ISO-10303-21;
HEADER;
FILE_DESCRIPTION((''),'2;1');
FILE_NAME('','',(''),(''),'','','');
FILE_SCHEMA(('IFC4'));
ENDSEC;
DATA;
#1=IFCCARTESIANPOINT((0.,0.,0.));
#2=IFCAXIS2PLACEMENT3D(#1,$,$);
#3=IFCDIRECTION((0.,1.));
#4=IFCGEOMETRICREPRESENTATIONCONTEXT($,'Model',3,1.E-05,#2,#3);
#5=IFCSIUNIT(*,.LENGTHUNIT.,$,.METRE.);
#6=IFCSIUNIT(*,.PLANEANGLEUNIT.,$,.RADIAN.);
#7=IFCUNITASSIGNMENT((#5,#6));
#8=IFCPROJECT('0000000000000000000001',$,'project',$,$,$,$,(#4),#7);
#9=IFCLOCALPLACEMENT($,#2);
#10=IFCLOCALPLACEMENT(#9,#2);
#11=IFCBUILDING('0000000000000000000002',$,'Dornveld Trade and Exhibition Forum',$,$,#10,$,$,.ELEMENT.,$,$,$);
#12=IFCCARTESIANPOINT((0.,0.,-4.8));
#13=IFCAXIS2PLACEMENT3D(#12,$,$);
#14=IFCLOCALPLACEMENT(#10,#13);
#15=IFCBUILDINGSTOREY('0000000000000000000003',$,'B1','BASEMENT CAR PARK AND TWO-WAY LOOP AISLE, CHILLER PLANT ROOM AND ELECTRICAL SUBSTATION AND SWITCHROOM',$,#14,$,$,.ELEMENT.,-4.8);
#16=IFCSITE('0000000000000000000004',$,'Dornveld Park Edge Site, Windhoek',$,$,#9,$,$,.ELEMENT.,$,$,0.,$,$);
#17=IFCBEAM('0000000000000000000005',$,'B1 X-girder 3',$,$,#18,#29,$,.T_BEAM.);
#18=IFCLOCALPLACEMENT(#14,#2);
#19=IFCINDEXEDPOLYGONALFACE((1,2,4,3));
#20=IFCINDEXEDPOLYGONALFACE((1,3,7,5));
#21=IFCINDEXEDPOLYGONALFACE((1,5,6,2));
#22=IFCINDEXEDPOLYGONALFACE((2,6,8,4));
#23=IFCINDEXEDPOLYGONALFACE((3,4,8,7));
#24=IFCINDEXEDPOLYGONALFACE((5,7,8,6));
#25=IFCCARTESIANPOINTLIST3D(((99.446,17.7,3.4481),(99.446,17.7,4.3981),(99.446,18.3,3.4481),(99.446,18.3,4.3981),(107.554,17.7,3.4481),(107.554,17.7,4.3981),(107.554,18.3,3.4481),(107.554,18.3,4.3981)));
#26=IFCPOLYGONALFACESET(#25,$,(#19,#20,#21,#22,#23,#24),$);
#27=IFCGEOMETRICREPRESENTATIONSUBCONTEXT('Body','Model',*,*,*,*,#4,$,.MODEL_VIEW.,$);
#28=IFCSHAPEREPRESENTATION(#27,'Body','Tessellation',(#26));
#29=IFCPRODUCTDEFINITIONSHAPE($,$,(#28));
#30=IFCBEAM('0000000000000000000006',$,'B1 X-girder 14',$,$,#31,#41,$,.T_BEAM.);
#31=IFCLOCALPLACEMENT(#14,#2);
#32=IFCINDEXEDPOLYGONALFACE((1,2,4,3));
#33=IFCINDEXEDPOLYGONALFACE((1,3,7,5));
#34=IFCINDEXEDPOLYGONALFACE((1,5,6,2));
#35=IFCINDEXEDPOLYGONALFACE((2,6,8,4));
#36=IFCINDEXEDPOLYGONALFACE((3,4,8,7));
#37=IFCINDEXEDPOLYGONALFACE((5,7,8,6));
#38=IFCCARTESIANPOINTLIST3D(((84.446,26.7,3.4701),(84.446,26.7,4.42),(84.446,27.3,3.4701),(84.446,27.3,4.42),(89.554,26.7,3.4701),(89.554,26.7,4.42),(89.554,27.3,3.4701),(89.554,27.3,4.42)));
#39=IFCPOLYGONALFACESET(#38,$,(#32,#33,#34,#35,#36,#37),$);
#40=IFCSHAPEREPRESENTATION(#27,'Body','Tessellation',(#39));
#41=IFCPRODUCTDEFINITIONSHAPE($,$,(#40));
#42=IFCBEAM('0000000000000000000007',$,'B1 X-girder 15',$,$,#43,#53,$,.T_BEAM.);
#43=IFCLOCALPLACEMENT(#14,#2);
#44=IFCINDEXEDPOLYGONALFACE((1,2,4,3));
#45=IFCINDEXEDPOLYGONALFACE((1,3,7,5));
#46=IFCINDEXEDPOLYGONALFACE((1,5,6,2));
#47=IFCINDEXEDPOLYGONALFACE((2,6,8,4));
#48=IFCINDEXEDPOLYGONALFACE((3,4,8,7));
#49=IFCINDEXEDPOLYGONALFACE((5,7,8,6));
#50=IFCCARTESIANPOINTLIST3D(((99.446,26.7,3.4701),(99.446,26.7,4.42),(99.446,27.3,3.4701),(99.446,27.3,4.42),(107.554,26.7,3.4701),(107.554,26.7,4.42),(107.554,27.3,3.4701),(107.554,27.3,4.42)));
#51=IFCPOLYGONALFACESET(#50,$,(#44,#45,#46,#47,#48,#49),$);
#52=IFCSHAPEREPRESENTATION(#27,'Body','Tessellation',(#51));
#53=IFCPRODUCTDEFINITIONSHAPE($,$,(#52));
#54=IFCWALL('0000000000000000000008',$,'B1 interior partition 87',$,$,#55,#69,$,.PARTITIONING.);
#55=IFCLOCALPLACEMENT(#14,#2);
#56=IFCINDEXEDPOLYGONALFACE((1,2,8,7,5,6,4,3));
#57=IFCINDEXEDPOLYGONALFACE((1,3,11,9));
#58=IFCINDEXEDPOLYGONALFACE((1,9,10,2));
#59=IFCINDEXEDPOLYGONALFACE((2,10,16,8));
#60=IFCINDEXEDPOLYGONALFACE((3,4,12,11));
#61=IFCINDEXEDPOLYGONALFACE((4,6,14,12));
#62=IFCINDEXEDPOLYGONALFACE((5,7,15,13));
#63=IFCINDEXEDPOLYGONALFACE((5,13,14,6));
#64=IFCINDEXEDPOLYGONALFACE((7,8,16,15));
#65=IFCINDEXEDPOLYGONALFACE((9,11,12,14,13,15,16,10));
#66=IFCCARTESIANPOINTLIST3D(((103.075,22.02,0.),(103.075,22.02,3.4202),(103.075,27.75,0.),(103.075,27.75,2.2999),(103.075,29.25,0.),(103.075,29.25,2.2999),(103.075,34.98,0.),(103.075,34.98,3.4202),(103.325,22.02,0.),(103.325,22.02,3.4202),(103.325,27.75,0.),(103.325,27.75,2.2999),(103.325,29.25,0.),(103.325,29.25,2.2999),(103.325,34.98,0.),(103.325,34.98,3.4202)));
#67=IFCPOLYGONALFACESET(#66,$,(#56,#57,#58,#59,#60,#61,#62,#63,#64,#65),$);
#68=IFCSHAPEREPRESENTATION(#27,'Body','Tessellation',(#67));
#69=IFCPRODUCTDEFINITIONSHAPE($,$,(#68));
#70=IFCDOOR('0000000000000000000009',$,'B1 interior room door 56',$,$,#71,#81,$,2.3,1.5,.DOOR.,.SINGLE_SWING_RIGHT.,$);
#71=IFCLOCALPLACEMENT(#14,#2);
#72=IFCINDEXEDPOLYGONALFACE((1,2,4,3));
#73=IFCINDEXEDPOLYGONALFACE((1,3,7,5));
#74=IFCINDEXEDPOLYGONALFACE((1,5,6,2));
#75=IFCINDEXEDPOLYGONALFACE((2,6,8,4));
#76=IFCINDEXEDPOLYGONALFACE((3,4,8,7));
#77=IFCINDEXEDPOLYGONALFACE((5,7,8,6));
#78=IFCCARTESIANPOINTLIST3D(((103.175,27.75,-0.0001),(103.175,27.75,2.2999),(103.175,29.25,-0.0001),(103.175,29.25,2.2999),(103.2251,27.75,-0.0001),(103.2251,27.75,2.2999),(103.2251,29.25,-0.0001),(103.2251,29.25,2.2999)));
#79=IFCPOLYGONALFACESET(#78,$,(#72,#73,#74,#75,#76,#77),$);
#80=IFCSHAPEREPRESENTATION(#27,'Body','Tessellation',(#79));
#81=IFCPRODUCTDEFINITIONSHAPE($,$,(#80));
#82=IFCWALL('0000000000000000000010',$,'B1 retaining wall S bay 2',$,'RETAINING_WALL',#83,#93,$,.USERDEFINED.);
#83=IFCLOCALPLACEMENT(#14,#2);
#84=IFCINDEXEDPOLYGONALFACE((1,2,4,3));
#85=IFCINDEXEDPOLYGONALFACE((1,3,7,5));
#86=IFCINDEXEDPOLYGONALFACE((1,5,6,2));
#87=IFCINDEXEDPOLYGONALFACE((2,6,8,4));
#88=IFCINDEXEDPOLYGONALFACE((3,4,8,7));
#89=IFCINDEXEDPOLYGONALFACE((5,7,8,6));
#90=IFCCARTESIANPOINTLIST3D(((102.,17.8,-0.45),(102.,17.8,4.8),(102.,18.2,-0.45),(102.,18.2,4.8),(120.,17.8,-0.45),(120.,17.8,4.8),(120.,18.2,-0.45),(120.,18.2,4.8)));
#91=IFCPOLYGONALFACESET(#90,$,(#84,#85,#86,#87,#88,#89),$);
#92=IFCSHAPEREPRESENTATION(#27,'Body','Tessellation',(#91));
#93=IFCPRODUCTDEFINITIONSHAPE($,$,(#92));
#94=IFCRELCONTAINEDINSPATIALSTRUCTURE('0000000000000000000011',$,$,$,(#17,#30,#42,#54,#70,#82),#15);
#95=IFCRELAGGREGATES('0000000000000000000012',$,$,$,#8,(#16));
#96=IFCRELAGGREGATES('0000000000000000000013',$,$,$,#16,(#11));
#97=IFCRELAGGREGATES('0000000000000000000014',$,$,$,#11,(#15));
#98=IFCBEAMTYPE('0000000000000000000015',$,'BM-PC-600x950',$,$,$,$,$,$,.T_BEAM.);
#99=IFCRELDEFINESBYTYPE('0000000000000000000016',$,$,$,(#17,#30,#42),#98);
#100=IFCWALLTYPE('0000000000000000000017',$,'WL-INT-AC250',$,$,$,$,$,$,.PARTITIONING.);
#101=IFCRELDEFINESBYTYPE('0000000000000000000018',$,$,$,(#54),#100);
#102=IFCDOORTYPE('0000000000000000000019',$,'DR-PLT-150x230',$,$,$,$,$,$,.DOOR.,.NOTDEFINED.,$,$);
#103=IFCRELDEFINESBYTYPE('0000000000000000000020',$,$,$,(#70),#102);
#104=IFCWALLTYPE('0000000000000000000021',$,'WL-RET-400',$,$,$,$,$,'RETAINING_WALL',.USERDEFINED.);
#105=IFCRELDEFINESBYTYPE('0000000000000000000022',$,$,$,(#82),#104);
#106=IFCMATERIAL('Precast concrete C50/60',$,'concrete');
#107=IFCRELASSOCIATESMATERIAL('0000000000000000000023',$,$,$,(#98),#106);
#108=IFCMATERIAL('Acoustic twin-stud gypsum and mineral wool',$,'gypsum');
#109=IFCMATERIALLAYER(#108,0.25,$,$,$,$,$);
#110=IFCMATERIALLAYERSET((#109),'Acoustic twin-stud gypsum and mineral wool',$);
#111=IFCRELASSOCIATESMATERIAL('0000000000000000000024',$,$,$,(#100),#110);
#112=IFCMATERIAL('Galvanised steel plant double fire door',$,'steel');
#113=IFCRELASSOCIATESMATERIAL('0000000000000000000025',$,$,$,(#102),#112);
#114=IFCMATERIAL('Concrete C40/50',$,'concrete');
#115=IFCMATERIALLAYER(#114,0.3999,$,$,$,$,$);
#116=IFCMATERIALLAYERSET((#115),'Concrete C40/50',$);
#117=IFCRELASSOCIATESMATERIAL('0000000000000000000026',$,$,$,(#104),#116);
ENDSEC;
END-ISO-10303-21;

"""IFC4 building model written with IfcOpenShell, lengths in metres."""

from ifc_helpers import new_model, si_unit, direction, frame, frame_2d, origin, origin_2d, place, context, subcontext, project, spatial, rectangle, extrude, material, layer, layer_set, material_profile, profile_set, type_object, element, fill, save


model = new_model("IFC4")

# Units and contexts
model_context = context("Model", 3, precision=1e-05, world=origin(), true_north=direction((0.0, 1.0)))
body_context = subcontext(model_context, "Body", "Model", "MODEL_VIEW")
ifc_project = project(units=[si_unit("LENGTHUNIT", "METRE"), si_unit("PLANEANGLEUNIT", "RADIAN")], contexts=[model_context])

# Site, building, storey
site_placement = place(None, origin())
site = spatial("IfcSite", under=ifc_project, at=site_placement, Name="Dornveld Park Edge Site, Windhoek", CompositionType="ELEMENT", RefElevation=0.0)
building_placement = place(site_placement, origin())
building = spatial("IfcBuilding", under=site, at=building_placement, Name="Dornveld Trade and Exhibition Forum", CompositionType="ELEMENT")
storey_placement = place(building_placement, frame((0.0, 0.0, -4.8)))
storey = spatial("IfcBuildingStorey", under=building, at=storey_placement, Name="B1", Description="BASEMENT CAR PARK AND TWO-WAY LOOP AISLE, CHILLER PLANT ROOM AND ELECTRICAL SUBSTATION AND SWITCHROOM", CompositionType="ELEMENT", Elevation=-4.8)

# Beams
ifc_material_1 = material(Name="Precast concrete C50/60", Category="concrete")
ifc_material_profile_1 = material_profile(ifc_material_1, rectangle(XDim=0.6001, YDim=0.95, at=origin_2d()), Name="PC-GIR 600x950")
ifc_profile_set_1 = profile_set([ifc_material_profile_1], Name="Precast concrete C50/60")
beam_type_1 = type_object("IfcBeamType", Name="BM-PC-600x950", PredefinedType="T_BEAM", material=ifc_profile_set_1)
for number, where, z_axis, x_axis, name in (
    (1, (99.446, 18.0, 3.9231), (1.0, 0.0, 0.0), (0.0, 1.0, 0.0), "B1 X-girder 3"),
):
    element("IfcBeam", number, at=place(storey_placement, frame(where, z_axis=z_axis, x_axis=x_axis)), inside=storey, type_object=beam_type_1, Name=name, PredefinedType="T_BEAM", context=body_context, shape_type="SweptSolid", body=[
        extrude(rectangle(XDim=0.6001, YDim=0.95, at=origin_2d()), origin(), (0.0, 0.0, 1.0), 8.1079),
    ])
beam_1_placement = place(storey_placement, frame((84.446, 27.0, 3.9451), z_axis=(1.0, 0.0, 0.0), x_axis=(0.0, 1.0, 0.0)))
element("IfcBeam", 2, at=beam_1_placement, inside=storey, type_object=beam_type_1, Name="B1 X-girder 14", PredefinedType="T_BEAM", context=body_context, shape_type="SweptSolid", body=[
    extrude(rectangle(XDim=0.6001, YDim=0.95, at=origin_2d()), origin(), (0.0, 0.0, 1.0), 5.1079),
])
beam_2_placement = place(storey_placement, frame((99.446, 27.0, 3.9451), z_axis=(1.0, 0.0, 0.0), x_axis=(0.0, 1.0, 0.0)))
element("IfcBeam", 3, at=beam_2_placement, inside=storey, type_object=beam_type_1, Name="B1 X-girder 15", PredefinedType="T_BEAM", context=body_context, shape_type="SweptSolid", body=[
    extrude(rectangle(XDim=0.6001, YDim=0.95, at=origin_2d()), origin(), (0.0, 0.0, 1.0), 8.1079),
])

# Wall, opening, door
ifc_material_2 = material(Name="Acoustic twin-stud gypsum and mineral wool", Category="gypsum")
ifc_layer_1 = layer(ifc_material_2, 0.25)
ifc_layer_set_1 = layer_set([ifc_layer_1], Name="Acoustic twin-stud gypsum and mineral wool")
wall_type_1 = type_object("IfcWallType", Name="WL-INT-AC250", PredefinedType="PARTITIONING", material=ifc_layer_set_1)
wall_1_placement = place(storey_placement, frame((103.2, 22.02, 0.0), z_axis=(0.0, 0.0, 1.0), x_axis=(0.0, 1.0, 0.0)))
wall_1 = element("IfcWall", 4, at=wall_1_placement, inside=storey, type_object=wall_type_1, Name="B1 interior partition 87", PredefinedType="PARTITIONING", context=body_context, shape_type="SweptSolid", body=[
    extrude(rectangle(XDim=12.96, YDim=0.25, at=frame_2d((6.48, 0.0))), origin(), (0.0, 0.0, 1.0), 3.4202),
])
opening_placement = place(wall_1_placement, frame((5.73, 0.0, 0.0)))
opening = element("IfcOpeningElement", 5, at=opening_placement, cuts=wall_1, PredefinedType="OPENING", context=body_context, shape_type="SweptSolid", body=[
    extrude(rectangle(XDim=1.5, YDim=2.3, at=frame_2d((0.75, 1.1499))), frame((0.0, 0.135, 0.0), z_axis=(0.0, -1.0, 0.0), x_axis=(1.0, 0.0, 0.0)), (0.0, 0.0, 1.0), 0.27),
])
ifc_material_3 = material(Name="Galvanised steel plant double fire door", Category="steel")
door_type = type_object("IfcDoorType", Name="DR-PLT-150x230", OperationType="NOTDEFINED", PredefinedType="DOOR", material=ifc_material_3)
door_placement = place(opening_placement, origin())
door = element("IfcDoor", 6, at=door_placement, inside=storey, type_object=door_type, Name="B1 interior room door 56", OperationType="SINGLE_SWING_RIGHT", OverallHeight=2.3, OverallWidth=1.5, PredefinedType="DOOR", context=body_context, shape_type="SweptSolid", body=[
    extrude(rectangle(XDim=1.5, YDim=2.3, at=frame_2d((0.75, 1.1499))), frame((0.0, 0.0249, 0.0), z_axis=(0.0, -1.0, 0.0), x_axis=(1.0, 0.0, 0.0)), (0.0, 0.0, 1.0), 0.05),
])
fill(opening, door)

# Wall
ifc_material_4 = material(Name="Concrete C40/50", Category="concrete")
ifc_layer_2 = layer(ifc_material_4, 0.3999)
ifc_layer_set_2 = layer_set([ifc_layer_2], Name="Concrete C40/50")
wall_type_2 = type_object("IfcWallType", Name="WL-RET-400", ElementType="RETAINING_WALL", PredefinedType="USERDEFINED", material=ifc_layer_set_2)
wall_2_placement = place(storey_placement, frame((102.0, 18.0, -0.45), z_axis=(0.0, 0.0, 1.0), x_axis=(1.0, 0.0, 0.0)))
element("IfcWall", 7, at=wall_2_placement, inside=storey, type_object=wall_type_2, Name="B1 retaining wall S bay 2", ObjectType="RETAINING_WALL", PredefinedType="USERDEFINED", context=body_context, shape_type="SweptSolid", body=[
    extrude(rectangle(XDim=18.0, YDim=0.3999, at=frame_2d((9.0, 0.0))), origin(), (0.0, 0.0, 1.0), 5.25),
])

save(model, "model.ifc")
